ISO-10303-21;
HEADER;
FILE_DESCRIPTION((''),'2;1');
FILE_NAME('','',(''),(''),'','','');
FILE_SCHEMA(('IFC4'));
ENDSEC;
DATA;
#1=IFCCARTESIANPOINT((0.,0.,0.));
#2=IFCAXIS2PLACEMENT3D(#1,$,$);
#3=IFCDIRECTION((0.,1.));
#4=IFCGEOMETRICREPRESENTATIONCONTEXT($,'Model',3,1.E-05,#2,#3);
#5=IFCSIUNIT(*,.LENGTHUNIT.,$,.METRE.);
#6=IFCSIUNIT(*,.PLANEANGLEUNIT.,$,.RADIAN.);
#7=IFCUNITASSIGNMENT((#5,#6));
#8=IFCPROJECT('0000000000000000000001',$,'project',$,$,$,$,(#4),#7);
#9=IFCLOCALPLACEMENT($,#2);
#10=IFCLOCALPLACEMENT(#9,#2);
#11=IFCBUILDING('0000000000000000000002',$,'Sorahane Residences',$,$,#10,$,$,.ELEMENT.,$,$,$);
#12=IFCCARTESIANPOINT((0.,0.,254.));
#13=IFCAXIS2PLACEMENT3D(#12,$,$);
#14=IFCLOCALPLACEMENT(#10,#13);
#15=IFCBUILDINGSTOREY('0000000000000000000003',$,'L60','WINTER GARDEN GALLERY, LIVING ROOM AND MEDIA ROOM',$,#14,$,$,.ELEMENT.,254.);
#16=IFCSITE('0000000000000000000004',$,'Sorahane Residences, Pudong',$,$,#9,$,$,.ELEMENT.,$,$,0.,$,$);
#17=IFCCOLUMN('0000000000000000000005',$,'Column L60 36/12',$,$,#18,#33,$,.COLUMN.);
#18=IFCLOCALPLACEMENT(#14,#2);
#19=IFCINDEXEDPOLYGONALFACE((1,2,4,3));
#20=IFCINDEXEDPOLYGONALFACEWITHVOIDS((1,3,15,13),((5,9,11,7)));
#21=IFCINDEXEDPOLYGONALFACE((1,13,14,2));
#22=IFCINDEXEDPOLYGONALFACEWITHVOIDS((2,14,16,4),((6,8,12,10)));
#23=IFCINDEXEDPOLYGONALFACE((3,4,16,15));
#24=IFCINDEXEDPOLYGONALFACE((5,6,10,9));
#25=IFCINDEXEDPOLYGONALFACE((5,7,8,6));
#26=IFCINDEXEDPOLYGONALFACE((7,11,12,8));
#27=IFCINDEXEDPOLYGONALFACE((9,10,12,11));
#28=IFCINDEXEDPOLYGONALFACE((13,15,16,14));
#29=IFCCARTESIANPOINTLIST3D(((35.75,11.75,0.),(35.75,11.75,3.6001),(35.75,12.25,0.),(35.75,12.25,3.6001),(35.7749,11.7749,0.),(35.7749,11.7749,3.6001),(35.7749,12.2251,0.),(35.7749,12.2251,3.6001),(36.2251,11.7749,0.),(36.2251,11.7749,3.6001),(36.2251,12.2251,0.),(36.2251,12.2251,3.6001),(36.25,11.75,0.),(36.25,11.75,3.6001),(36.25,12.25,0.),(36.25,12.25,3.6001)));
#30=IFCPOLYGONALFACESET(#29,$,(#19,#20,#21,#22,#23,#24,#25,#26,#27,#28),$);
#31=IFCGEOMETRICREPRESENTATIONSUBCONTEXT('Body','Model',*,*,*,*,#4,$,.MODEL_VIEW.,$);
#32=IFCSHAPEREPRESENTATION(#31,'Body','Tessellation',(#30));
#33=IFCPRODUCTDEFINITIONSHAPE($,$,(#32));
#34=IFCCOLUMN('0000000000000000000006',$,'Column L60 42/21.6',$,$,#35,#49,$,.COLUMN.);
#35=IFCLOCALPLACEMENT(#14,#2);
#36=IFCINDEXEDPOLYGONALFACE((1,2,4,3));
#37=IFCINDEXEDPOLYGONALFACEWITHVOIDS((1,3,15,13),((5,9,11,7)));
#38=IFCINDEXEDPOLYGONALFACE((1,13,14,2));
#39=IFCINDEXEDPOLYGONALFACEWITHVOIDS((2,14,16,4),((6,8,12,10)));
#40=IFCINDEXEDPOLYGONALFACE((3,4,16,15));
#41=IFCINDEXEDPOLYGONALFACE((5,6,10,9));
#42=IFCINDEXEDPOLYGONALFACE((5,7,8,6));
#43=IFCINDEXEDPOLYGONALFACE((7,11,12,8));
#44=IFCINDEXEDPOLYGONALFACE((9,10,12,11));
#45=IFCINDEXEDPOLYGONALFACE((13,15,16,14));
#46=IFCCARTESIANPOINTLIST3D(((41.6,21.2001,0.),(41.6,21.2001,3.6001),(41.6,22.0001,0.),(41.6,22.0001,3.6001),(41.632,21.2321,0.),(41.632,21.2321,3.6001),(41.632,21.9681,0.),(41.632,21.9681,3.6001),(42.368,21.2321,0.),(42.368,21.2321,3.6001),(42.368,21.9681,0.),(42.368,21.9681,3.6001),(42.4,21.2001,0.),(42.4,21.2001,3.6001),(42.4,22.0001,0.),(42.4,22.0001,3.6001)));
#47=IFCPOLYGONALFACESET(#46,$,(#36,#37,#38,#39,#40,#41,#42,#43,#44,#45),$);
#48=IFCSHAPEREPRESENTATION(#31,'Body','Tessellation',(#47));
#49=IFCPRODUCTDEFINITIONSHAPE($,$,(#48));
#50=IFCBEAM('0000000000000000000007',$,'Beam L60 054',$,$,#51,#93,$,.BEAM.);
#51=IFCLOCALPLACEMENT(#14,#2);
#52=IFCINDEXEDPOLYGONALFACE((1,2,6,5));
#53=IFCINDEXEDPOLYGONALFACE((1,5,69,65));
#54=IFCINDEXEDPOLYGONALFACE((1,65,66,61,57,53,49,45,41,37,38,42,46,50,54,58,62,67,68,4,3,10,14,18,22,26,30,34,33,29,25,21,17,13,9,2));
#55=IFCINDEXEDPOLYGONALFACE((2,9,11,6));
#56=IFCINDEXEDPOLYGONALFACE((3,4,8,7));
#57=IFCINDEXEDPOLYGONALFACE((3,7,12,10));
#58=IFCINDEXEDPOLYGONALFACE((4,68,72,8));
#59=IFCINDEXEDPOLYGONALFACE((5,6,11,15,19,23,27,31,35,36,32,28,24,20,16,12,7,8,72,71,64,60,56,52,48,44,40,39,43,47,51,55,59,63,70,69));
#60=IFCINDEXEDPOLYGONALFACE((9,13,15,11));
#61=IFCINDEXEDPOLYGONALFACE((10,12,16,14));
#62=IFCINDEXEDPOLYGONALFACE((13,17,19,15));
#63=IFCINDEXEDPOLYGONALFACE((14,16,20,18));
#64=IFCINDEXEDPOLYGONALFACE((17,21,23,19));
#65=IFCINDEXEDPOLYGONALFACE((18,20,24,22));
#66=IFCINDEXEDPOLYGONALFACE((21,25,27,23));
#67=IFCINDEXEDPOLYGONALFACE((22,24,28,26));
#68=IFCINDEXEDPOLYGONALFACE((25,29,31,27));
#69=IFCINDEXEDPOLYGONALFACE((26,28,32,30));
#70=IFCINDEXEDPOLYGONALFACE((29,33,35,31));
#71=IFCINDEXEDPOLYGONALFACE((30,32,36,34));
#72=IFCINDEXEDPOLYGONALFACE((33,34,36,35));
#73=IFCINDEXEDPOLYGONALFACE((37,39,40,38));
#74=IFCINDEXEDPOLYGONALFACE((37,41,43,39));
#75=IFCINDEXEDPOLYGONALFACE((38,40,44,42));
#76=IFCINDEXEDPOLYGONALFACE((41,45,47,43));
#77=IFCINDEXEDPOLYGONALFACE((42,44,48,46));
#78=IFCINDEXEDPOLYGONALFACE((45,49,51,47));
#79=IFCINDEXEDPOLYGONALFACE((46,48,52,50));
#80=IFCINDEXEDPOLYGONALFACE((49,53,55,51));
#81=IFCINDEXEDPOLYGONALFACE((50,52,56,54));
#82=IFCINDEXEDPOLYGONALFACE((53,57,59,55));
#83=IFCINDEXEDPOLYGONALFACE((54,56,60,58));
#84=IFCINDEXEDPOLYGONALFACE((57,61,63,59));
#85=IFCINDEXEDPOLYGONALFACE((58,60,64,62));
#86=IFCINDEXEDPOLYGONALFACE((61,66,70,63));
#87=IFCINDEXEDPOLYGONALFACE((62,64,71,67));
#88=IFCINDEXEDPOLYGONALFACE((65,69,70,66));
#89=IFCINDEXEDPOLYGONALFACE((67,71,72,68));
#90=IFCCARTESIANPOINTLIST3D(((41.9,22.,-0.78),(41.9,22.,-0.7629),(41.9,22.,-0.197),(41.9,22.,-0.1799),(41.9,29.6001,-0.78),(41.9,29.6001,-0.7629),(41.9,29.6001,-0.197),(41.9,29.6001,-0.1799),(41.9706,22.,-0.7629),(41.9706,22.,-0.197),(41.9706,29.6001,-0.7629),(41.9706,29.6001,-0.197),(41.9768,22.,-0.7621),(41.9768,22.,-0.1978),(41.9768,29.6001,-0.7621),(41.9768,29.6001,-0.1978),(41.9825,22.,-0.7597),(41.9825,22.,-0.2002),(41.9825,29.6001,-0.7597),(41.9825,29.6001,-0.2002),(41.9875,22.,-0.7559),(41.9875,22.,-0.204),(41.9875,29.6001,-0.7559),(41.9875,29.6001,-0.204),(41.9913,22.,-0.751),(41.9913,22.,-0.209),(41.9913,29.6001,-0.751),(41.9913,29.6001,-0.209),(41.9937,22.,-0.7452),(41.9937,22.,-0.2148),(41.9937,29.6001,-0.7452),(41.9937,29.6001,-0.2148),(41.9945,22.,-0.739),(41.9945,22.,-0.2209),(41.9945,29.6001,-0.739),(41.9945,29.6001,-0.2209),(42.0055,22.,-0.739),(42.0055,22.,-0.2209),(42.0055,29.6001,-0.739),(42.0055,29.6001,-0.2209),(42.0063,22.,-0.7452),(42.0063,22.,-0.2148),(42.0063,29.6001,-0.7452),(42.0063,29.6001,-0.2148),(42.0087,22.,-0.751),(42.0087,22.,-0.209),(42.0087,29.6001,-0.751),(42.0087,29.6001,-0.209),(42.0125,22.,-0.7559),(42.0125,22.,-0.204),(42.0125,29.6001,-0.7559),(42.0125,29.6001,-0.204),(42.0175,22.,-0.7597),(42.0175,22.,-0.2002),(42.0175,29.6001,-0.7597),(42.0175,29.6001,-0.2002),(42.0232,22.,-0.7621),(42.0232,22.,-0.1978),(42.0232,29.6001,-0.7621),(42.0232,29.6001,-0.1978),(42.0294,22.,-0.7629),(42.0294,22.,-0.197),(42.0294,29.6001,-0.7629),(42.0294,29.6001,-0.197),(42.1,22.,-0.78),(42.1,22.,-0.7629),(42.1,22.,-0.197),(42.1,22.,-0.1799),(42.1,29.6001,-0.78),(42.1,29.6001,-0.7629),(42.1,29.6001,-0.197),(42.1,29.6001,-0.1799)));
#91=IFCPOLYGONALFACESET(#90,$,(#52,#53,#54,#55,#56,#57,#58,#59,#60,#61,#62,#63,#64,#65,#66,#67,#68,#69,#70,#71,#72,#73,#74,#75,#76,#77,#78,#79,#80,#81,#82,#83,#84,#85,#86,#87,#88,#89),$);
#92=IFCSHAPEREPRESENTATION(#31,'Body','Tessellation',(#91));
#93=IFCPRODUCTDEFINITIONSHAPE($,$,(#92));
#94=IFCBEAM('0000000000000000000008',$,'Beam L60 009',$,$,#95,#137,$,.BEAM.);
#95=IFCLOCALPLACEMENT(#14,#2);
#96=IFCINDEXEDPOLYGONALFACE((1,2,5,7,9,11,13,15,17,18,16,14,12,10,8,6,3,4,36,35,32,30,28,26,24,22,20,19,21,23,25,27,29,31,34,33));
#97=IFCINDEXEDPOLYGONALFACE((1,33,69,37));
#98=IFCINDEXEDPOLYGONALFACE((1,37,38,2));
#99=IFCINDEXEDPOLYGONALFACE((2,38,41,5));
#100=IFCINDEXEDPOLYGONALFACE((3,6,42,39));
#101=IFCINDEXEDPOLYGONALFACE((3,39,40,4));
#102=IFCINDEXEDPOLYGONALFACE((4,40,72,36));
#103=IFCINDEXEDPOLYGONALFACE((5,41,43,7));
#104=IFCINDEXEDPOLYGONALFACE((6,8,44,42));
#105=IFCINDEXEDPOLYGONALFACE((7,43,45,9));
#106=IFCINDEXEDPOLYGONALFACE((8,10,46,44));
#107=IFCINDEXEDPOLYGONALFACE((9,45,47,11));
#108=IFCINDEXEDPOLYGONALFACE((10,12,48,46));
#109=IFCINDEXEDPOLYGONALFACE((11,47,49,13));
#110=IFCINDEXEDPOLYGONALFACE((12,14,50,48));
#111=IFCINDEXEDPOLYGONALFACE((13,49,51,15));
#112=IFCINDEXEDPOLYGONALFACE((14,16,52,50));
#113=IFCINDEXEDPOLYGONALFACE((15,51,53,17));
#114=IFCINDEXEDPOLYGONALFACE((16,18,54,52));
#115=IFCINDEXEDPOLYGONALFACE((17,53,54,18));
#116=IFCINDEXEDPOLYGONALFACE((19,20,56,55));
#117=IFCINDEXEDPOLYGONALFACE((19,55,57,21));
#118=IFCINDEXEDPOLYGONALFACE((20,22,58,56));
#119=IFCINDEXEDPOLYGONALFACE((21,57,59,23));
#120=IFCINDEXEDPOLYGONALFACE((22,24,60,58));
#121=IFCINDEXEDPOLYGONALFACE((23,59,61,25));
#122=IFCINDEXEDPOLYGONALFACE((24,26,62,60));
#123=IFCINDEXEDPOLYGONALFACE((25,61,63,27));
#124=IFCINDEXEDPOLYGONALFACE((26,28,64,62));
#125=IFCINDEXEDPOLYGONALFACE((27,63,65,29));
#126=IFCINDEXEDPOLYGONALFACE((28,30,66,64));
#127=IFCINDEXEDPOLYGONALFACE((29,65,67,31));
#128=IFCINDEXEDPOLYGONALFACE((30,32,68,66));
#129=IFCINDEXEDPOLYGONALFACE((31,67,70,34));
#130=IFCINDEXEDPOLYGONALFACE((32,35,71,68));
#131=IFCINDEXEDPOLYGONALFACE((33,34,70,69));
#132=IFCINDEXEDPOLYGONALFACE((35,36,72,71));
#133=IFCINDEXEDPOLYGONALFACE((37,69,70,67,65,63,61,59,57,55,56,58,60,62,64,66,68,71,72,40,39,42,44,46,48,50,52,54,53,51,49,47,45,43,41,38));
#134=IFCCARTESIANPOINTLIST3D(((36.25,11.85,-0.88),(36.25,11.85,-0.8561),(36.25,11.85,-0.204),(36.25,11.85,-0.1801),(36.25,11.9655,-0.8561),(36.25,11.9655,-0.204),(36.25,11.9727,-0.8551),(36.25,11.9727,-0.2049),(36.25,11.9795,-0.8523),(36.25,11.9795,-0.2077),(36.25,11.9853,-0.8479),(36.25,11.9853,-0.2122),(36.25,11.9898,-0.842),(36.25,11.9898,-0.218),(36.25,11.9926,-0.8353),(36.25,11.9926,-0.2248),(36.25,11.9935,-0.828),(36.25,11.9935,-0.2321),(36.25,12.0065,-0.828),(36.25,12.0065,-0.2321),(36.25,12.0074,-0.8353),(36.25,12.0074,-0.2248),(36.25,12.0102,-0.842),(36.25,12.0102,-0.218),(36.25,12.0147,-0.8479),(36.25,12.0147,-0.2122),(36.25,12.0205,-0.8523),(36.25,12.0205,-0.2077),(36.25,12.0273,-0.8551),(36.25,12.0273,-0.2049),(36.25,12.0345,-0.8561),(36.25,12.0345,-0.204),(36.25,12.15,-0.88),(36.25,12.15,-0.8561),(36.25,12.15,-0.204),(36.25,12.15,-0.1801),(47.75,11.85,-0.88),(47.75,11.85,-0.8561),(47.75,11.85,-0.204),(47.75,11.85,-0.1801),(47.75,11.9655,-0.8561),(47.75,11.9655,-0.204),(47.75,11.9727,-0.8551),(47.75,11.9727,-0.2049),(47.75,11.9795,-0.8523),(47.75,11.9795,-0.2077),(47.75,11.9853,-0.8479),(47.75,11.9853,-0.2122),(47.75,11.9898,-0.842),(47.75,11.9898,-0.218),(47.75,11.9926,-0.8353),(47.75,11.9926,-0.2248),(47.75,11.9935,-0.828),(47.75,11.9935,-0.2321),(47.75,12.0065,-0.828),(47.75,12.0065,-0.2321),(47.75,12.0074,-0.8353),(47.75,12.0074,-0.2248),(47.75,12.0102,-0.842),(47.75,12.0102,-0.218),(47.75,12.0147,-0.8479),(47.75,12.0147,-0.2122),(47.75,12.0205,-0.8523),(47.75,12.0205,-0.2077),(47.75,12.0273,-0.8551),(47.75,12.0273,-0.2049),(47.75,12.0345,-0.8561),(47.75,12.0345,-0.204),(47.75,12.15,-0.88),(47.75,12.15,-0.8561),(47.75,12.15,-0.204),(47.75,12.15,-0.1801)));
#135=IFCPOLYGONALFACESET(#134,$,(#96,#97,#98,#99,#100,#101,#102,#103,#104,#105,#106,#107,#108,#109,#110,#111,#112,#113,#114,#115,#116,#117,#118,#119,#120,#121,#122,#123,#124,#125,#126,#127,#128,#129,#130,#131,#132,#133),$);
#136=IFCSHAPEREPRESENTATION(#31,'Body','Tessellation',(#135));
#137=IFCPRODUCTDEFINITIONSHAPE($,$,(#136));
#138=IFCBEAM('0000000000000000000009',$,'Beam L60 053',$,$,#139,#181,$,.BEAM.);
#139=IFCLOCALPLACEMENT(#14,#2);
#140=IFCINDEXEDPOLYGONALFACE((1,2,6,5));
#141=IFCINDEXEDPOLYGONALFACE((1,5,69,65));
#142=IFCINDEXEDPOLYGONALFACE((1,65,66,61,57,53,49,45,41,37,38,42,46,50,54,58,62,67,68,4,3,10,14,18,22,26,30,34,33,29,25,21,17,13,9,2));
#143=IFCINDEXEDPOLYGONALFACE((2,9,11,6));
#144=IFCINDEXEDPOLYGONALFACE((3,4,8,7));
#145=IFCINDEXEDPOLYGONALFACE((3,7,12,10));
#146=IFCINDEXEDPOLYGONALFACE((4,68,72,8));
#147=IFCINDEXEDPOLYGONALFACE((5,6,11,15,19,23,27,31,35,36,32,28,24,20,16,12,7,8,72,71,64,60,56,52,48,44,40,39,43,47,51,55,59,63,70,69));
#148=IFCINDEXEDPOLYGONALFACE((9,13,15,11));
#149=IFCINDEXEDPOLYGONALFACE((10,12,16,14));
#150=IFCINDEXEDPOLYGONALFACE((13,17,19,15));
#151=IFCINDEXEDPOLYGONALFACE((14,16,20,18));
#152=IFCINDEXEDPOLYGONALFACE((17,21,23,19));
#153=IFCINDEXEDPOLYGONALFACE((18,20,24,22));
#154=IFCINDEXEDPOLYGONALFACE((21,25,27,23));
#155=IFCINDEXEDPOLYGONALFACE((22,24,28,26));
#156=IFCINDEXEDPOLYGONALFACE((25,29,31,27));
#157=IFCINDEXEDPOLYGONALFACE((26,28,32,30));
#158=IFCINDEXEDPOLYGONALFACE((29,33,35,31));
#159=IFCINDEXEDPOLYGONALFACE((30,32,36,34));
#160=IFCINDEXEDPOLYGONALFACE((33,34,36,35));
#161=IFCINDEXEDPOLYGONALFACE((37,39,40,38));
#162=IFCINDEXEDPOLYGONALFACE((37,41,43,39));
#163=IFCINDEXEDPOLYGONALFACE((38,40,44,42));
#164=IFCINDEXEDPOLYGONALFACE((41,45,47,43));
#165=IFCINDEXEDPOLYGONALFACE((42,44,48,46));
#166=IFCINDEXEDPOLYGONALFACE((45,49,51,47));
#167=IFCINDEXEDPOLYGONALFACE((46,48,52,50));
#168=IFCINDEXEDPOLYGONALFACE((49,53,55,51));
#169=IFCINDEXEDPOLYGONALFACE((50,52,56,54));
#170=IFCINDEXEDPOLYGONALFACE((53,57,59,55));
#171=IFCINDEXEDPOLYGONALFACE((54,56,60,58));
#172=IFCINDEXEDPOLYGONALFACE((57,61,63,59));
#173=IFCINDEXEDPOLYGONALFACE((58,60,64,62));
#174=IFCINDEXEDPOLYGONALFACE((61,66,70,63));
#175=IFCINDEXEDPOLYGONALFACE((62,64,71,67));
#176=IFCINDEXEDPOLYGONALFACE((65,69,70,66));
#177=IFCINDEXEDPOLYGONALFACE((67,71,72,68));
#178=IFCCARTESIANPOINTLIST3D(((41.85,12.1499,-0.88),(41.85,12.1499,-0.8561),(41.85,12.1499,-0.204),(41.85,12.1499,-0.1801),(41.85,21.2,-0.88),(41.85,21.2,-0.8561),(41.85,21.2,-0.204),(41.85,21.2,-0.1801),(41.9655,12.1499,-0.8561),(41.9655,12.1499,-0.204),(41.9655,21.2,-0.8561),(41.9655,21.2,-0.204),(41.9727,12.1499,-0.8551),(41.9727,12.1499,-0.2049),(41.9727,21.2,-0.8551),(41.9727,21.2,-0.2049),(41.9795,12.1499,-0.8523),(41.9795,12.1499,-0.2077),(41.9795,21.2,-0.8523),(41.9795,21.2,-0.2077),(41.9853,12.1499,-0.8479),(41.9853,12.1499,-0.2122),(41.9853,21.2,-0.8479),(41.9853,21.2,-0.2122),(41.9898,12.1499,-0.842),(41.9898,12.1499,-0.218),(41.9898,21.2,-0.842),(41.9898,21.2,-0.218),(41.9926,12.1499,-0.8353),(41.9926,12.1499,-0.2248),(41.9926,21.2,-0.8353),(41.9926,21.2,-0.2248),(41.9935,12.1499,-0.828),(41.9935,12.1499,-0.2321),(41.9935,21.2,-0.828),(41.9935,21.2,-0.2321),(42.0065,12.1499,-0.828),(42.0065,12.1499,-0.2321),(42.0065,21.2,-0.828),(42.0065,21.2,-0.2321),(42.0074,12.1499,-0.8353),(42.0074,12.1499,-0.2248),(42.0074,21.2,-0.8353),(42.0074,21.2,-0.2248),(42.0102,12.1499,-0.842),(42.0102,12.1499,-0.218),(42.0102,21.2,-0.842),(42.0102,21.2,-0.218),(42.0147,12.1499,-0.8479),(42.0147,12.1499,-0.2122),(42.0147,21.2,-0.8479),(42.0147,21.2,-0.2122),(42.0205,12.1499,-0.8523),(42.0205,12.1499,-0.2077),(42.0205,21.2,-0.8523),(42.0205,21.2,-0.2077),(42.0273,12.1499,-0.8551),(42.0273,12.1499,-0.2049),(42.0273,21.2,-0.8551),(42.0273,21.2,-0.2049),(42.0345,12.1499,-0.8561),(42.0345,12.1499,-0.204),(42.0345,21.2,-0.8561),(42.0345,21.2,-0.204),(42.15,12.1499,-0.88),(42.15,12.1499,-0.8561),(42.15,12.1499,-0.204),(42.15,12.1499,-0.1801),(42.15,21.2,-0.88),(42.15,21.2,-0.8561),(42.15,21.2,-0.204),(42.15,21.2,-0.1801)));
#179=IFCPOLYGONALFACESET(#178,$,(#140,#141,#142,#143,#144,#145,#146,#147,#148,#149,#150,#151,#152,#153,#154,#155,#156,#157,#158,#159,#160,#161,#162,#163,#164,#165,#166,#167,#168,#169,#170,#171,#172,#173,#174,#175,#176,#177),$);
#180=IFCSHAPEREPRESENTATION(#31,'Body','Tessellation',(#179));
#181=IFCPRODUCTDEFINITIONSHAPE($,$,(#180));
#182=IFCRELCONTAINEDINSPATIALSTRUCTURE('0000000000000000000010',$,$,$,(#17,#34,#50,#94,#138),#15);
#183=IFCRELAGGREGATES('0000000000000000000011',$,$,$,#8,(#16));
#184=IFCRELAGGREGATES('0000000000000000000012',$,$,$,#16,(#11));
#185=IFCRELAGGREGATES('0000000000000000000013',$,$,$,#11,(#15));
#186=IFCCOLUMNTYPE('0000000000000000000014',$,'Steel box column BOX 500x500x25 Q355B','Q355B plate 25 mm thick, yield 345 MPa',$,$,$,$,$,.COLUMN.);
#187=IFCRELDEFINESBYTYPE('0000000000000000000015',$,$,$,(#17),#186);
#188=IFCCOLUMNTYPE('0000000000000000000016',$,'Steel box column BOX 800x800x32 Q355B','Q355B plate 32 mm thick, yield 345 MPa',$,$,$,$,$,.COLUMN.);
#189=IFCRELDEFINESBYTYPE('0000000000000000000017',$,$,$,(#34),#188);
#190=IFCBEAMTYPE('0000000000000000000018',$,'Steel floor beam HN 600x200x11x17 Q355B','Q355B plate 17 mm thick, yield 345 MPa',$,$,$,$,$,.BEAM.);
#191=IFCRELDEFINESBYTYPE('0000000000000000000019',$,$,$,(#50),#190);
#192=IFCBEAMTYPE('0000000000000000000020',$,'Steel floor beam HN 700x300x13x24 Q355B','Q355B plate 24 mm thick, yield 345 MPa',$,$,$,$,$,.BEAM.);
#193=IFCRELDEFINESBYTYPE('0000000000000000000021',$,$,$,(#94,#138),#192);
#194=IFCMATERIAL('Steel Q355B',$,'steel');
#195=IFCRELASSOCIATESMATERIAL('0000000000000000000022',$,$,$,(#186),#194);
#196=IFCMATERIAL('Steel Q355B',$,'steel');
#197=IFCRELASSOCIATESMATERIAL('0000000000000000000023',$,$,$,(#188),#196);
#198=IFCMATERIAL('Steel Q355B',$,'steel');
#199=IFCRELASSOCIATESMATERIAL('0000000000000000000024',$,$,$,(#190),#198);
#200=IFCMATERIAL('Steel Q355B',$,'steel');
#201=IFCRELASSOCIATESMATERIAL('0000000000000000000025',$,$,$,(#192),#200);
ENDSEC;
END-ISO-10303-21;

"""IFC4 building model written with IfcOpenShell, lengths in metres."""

from ifc_helpers import new_model, si_unit, direction, frame, origin, origin_2d, place, context, subcontext, project, spatial, hollow_rectangle, i_section, extrude, material, material_profile, profile_set, type_object, element, save


model = new_model("IFC4")

# Units and contexts
model_context = context("Model", 3, precision=1e-05, world=origin(), true_north=direction((0.0, 1.0)))
body_context = subcontext(model_context, "Body", "Model", "MODEL_VIEW")
ifc_project = project(units=[si_unit("LENGTHUNIT", "METRE"), si_unit("PLANEANGLEUNIT", "RADIAN")], contexts=[model_context])

# Site, building, storey
site_placement = place(None, origin())
site = spatial("IfcSite", under=ifc_project, at=site_placement, Name="Sorahane Residences, Pudong", CompositionType="ELEMENT", RefElevation=0.0)
building_placement = place(site_placement, origin())
building = spatial("IfcBuilding", under=site, at=building_placement, Name="Sorahane Residences", CompositionType="ELEMENT")
storey_placement = place(building_placement, frame((0.0, 0.0, 254.0)))
storey = spatial("IfcBuildingStorey", under=building, at=storey_placement, Name="L60", Description="WINTER GARDEN GALLERY, LIVING ROOM AND MEDIA ROOM", CompositionType="ELEMENT", Elevation=254.0)

# Columns
ifc_material_1 = material(Name="Steel Q355B", Category="steel")
ifc_material_profile_1 = material_profile(ifc_material_1, hollow_rectangle(XDim=0.5, YDim=0.5, WallThickness=0.0249, at=origin_2d()), Name="BOX 500x500x25")
ifc_profile_set_1 = profile_set([ifc_material_profile_1], Name="Steel Q355B")
column_type_1 = type_object("IfcColumnType", Name="Steel box column BOX 500x500x25 Q355B", Description="Q355B plate 25 mm thick, yield 345 MPa", PredefinedType="COLUMN", material=ifc_profile_set_1)
column_1_placement = place(storey_placement, frame((36.0, 12.0, 0.0), z_axis=(0.0, 0.0, 1.0), x_axis=(1.0, 0.0, 0.0)))
element("IfcColumn", 1, at=column_1_placement, inside=storey, type_object=column_type_1, Name="Column L60 36/12", PredefinedType="COLUMN", context=body_context, shape_type="SweptSolid", body=[
    extrude(hollow_rectangle(XDim=0.5, YDim=0.5, WallThickness=0.0249, at=origin_2d()), origin(), (0.0, 0.0, 1.0), 3.6001),
])
ifc_material_2 = material(Name="Steel Q355B", Category="steel")
ifc_material_profile_2 = material_profile(ifc_material_2, hollow_rectangle(XDim=0.8, YDim=0.8, WallThickness=0.032, at=origin_2d()), Name="BOX 800x800x32")
ifc_profile_set_2 = profile_set([ifc_material_profile_2], Name="Steel Q355B")
column_type_2 = type_object("IfcColumnType", Name="Steel box column BOX 800x800x32 Q355B", Description="Q355B plate 32 mm thick, yield 345 MPa", PredefinedType="COLUMN", material=ifc_profile_set_2)
column_2_placement = place(storey_placement, frame((42.0, 21.6001, 0.0), z_axis=(0.0, 0.0, 1.0), x_axis=(1.0, 0.0, 0.0)))
element("IfcColumn", 2, at=column_2_placement, inside=storey, type_object=column_type_2, Name="Column L60 42/21.6", PredefinedType="COLUMN", context=body_context, shape_type="SweptSolid", body=[
    extrude(hollow_rectangle(XDim=0.8, YDim=0.8, WallThickness=0.032, at=origin_2d()), origin(), (0.0, 0.0, 1.0), 3.6001),
])

# Beams
ifc_material_3 = material(Name="Steel Q355B", Category="steel")
ifc_material_profile_3 = material_profile(ifc_material_3, i_section(OverallWidth=0.2, OverallDepth=0.6001, WebThickness=0.011, FlangeThickness=0.0171, FilletRadius=0.0239, at=origin_2d()), Name="HN 600x200x11x17")
ifc_profile_set_3 = profile_set([ifc_material_profile_3], Name="Steel Q355B")
beam_type_1 = type_object("IfcBeamType", Name="Steel floor beam HN 600x200x11x17 Q355B", Description="Q355B plate 17 mm thick, yield 345 MPa", PredefinedType="BEAM", material=ifc_profile_set_3)
beam_1_placement = place(storey_placement, frame((42.0, 22.0, -0.48), z_axis=(0.0, 1.0, 0.0), x_axis=(-1.0, 0.0, 0.0)))
element("IfcBeam", 3, at=beam_1_placement, inside=storey, type_object=beam_type_1, Name="Beam L60 054", PredefinedType="BEAM", context=body_context, shape_type="SweptSolid", body=[
    extrude(i_section(OverallWidth=0.2, OverallDepth=0.6001, WebThickness=0.011, FlangeThickness=0.0171, FilletRadius=0.0239, at=origin_2d()), origin(), (0.0, 0.0, 1.0), 7.6001),
])
ifc_material_4 = material(Name="Steel Q355B", Category="steel")
ifc_material_profile_4 = material_profile(ifc_material_4, i_section(OverallWidth=0.3, OverallDepth=0.7, WebThickness=0.0129, FlangeThickness=0.0239, FilletRadius=0.0281, at=origin_2d()), Name="HN 700x300x13x24")
ifc_profile_set_4 = profile_set([ifc_material_profile_4], Name="Steel Q355B")
beam_type_2 = type_object("IfcBeamType", Name="Steel floor beam HN 700x300x13x24 Q355B", Description="Q355B plate 24 mm thick, yield 345 MPa", PredefinedType="BEAM", material=ifc_profile_set_4)
beam_2_placement = place(storey_placement, frame((36.25, 12.0, -0.53), z_axis=(1.0, 0.0, 0.0), x_axis=(0.0, 1.0, 0.0)))
element("IfcBeam", 4, at=beam_2_placement, inside=storey, type_object=beam_type_2, Name="Beam L60 009", PredefinedType="BEAM", context=body_context, shape_type="SweptSolid", body=[
    extrude(i_section(OverallWidth=0.3, OverallDepth=0.7, WebThickness=0.0129, FlangeThickness=0.0239, FilletRadius=0.0281, at=origin_2d()), origin(), (0.0, 0.0, 1.0), 11.5),
])
beam_3_placement = place(storey_placement, frame((42.0, 12.1499, -0.53), z_axis=(0.0, 1.0, 0.0), x_axis=(-1.0, 0.0, 0.0)))
element("IfcBeam", 5, at=beam_3_placement, inside=storey, type_object=beam_type_2, Name="Beam L60 053", PredefinedType="BEAM", context=body_context, shape_type="SweptSolid", body=[
    extrude(i_section(OverallWidth=0.3, OverallDepth=0.7, WebThickness=0.0129, FlangeThickness=0.0239, FilletRadius=0.0281, at=origin_2d()), origin(), (0.0, 0.0, 1.0), 9.05),
])

save(model, "model.ifc")
